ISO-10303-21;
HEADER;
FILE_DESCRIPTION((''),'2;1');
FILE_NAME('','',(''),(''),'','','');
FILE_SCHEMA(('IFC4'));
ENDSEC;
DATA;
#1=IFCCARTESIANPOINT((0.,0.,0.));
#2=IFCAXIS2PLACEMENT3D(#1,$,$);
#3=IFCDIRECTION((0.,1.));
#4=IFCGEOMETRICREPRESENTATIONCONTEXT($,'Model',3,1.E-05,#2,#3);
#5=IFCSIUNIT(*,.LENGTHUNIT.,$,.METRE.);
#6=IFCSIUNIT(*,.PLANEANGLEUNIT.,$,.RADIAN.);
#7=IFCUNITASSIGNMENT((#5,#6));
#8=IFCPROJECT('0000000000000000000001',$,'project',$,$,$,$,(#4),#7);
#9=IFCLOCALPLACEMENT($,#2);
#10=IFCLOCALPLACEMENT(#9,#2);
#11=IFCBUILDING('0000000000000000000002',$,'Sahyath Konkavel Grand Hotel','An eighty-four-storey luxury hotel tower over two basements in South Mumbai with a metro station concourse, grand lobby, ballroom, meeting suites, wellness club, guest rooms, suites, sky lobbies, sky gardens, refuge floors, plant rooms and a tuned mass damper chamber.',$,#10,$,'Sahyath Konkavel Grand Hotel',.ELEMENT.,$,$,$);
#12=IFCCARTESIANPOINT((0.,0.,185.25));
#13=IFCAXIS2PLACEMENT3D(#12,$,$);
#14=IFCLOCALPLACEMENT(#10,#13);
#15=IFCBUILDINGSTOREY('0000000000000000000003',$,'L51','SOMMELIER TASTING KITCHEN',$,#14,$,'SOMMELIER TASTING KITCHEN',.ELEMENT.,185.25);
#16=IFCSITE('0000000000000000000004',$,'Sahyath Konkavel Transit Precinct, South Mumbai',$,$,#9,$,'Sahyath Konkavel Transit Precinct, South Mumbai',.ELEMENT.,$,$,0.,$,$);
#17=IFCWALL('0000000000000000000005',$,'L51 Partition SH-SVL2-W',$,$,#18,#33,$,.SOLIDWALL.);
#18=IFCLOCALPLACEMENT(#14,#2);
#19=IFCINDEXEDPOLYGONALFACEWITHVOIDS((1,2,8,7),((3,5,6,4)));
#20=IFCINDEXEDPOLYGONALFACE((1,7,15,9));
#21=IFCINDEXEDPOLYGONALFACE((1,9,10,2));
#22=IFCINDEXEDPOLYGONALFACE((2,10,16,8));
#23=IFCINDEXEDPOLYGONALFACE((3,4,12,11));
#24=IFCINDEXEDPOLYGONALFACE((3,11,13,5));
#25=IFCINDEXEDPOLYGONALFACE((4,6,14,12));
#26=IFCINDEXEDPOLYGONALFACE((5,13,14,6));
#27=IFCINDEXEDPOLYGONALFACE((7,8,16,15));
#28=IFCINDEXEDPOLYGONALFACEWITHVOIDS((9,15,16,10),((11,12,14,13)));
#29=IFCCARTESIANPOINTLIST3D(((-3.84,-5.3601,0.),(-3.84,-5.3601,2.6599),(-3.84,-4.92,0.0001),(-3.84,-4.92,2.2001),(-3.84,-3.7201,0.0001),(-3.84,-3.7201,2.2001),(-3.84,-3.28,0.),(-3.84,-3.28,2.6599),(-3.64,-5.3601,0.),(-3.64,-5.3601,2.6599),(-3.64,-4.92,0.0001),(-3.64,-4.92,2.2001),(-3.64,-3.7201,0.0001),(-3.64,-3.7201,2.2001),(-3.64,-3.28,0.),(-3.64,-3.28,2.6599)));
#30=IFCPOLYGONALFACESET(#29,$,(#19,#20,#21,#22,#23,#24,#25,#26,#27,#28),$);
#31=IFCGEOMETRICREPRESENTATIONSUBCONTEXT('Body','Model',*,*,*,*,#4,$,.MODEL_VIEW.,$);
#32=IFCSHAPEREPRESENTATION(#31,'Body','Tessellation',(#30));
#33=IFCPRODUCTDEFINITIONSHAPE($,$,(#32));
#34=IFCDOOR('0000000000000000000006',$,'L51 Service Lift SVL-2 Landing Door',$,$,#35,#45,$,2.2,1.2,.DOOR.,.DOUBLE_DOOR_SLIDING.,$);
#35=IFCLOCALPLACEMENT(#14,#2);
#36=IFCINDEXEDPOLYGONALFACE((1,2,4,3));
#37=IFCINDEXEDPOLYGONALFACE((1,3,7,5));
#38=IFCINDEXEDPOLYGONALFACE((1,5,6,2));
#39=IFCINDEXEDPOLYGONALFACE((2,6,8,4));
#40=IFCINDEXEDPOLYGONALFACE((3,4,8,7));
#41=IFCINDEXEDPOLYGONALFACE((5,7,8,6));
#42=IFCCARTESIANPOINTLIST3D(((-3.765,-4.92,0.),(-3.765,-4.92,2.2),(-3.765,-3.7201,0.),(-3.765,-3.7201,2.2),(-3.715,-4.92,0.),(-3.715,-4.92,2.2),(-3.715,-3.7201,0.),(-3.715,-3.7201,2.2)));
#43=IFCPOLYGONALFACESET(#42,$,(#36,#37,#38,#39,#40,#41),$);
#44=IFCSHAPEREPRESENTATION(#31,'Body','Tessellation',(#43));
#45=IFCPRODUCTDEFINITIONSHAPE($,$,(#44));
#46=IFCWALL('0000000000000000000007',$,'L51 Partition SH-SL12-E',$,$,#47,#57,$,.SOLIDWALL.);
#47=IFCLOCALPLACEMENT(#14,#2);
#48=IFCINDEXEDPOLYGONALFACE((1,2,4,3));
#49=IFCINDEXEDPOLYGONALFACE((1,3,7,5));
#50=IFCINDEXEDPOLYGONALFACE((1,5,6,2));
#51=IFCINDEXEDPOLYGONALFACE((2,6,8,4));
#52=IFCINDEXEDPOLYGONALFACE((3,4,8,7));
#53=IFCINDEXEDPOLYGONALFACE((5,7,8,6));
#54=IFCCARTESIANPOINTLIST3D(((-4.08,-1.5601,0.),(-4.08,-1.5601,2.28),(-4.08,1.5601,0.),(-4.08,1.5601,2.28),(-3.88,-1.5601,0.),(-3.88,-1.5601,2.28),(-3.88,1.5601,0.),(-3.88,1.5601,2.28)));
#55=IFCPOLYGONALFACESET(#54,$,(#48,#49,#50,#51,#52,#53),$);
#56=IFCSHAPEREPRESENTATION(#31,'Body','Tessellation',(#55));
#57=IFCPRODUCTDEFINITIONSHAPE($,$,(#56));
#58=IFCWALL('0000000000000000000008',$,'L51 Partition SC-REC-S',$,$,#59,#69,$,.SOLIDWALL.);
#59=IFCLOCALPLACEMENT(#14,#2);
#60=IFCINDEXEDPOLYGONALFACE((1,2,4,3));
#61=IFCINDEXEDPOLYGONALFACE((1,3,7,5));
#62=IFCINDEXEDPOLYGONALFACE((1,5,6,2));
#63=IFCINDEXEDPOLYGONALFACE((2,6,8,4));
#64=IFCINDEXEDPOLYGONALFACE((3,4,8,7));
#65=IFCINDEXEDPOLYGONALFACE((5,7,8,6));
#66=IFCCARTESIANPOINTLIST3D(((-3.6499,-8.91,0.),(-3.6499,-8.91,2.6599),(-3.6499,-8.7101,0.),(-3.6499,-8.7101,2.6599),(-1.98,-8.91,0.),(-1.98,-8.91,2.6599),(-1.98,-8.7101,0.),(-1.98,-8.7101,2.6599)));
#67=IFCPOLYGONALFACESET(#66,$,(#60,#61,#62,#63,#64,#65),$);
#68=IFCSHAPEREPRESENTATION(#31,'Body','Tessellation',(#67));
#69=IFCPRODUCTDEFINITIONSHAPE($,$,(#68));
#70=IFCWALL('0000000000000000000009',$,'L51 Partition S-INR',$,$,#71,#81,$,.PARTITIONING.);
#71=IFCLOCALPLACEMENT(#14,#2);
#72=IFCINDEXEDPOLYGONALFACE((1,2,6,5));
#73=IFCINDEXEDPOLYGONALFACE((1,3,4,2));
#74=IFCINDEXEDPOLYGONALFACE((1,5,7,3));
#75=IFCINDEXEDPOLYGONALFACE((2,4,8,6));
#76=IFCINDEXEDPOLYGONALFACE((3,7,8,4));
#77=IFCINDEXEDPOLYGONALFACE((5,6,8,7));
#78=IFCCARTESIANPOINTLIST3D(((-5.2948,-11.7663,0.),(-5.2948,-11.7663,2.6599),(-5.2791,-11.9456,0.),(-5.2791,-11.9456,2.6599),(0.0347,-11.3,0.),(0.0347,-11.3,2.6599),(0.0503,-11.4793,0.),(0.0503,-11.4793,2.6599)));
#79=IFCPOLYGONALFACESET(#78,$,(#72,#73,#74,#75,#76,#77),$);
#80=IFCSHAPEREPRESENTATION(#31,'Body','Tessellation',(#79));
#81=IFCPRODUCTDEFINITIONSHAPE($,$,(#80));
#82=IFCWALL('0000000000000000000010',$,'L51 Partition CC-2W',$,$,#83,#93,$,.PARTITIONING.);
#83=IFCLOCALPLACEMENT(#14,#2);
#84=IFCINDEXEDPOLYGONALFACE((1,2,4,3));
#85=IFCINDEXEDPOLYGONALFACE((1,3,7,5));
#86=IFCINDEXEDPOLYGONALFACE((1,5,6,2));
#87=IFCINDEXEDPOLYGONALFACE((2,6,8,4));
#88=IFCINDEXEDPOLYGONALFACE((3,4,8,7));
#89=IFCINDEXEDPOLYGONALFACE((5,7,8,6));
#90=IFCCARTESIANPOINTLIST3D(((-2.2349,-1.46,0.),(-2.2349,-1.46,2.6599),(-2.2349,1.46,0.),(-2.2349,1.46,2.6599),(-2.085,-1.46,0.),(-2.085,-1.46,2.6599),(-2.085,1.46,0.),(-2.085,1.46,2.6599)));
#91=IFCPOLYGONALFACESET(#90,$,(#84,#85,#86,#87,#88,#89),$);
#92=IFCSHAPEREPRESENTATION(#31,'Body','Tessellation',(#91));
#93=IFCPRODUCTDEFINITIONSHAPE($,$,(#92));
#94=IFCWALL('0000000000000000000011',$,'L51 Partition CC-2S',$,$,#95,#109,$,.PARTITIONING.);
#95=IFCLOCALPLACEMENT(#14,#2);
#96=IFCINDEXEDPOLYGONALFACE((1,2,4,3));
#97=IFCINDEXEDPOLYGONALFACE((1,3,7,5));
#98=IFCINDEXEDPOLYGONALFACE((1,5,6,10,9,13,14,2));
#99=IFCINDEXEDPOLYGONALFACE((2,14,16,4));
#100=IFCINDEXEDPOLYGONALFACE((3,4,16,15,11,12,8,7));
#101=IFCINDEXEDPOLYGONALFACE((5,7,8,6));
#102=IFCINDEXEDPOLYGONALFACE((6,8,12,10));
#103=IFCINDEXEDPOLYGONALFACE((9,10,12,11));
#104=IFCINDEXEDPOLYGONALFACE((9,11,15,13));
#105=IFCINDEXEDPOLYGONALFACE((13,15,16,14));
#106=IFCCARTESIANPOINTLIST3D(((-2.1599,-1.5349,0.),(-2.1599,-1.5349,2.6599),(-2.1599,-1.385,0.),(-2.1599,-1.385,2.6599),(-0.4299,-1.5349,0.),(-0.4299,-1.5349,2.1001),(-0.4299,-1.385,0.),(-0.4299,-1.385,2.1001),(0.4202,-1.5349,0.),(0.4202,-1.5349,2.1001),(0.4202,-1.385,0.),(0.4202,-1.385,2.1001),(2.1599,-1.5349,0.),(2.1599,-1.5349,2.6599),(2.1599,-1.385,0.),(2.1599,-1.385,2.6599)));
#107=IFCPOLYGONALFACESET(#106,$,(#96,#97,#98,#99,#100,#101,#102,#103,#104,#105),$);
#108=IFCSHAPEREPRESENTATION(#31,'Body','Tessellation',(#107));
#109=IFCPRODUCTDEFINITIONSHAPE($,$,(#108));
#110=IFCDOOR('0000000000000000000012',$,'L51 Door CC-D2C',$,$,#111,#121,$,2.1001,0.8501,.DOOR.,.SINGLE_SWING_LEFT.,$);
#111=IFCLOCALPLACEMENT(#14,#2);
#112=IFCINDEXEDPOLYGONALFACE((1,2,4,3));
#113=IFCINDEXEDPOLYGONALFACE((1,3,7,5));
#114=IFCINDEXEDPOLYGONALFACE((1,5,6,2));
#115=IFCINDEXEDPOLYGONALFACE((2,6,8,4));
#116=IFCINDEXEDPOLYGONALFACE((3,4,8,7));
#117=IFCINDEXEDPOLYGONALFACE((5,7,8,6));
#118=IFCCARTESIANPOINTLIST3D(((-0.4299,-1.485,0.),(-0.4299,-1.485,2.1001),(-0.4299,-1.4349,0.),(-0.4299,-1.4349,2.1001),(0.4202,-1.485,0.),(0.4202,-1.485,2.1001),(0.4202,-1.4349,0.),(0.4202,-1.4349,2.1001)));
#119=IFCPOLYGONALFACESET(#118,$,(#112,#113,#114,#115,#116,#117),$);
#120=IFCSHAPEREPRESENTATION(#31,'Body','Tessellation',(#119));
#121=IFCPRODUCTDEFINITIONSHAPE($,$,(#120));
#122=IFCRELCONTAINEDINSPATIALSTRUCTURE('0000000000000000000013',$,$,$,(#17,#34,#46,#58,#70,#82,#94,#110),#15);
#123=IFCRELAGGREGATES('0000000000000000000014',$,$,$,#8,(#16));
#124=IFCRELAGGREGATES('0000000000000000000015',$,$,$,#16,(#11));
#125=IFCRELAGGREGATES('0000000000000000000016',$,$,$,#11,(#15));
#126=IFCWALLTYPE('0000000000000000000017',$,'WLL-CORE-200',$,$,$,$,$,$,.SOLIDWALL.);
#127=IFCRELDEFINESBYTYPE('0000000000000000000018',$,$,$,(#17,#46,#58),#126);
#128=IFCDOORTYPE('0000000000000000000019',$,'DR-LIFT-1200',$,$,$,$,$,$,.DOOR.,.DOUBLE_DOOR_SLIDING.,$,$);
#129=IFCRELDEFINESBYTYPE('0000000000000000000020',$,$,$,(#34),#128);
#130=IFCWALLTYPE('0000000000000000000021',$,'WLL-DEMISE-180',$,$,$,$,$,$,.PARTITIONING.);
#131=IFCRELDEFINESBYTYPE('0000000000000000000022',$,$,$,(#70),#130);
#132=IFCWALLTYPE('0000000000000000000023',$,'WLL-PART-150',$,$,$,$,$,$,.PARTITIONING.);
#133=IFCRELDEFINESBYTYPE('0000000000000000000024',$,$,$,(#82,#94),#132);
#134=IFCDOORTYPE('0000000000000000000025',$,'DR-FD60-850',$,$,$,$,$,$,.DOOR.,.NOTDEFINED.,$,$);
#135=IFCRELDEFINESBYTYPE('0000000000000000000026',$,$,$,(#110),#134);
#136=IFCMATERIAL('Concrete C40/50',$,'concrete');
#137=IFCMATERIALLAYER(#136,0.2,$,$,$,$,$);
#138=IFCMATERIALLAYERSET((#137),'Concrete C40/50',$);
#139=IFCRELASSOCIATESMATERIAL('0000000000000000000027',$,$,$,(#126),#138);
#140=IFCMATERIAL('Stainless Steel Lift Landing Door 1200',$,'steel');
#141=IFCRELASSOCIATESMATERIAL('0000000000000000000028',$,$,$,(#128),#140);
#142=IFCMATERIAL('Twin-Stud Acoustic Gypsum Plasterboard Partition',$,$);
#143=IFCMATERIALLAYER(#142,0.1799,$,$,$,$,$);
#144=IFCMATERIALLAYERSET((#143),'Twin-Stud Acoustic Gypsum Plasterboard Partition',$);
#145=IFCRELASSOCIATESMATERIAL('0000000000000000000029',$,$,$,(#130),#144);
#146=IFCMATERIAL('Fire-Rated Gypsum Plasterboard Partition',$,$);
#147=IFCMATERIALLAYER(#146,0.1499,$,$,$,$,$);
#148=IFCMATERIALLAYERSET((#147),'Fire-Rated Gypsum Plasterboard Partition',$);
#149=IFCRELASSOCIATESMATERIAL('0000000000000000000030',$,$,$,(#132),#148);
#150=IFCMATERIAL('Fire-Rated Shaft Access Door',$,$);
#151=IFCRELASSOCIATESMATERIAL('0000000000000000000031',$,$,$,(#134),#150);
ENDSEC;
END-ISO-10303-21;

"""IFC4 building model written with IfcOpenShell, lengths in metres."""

from ifc_helpers import new_model, si_unit, direction, frame, frame_2d, origin, origin_2d, place, context, subcontext, project, spatial, rectangle, extrude, source, transform, mapped, material, layer, layer_set, type_object, element, fill, save


model = new_model("IFC4")

# Units and contexts
model_context = context("Model", 3, precision=1e-05, world=origin(), true_north=direction((0.0, 1.0)))
body_context = subcontext(model_context, "Body", "Model", "MODEL_VIEW")
ifc_project = project(units=[si_unit("LENGTHUNIT", "METRE"), si_unit("PLANEANGLEUNIT", "RADIAN")], contexts=[model_context])

# Site, building, storey
site_placement = place(None, origin())
site = spatial("IfcSite", under=ifc_project, at=site_placement, Name="Sahyath Konkavel Transit Precinct, South Mumbai", LongName="Sahyath Konkavel Transit Precinct, South Mumbai", CompositionType="ELEMENT", RefElevation=0.0)
building_placement = place(site_placement, origin())
building = spatial("IfcBuilding", under=site, at=building_placement, Name="Sahyath Konkavel Grand Hotel", Description="An eighty-four-storey luxury hotel tower over two basements in South Mumbai with a metro station concourse, grand lobby, ballroom, meeting suites, wellness club, guest rooms, suites, sky lobbies, sky gardens, refuge floors, plant rooms and a tuned mass damper chamber.", LongName="Sahyath Konkavel Grand Hotel", CompositionType="ELEMENT")
storey_placement = place(building_placement, frame((0.0, 0.0, 185.25)))
storey = spatial("IfcBuildingStorey", under=building, at=storey_placement, Name="L51", Description="SOMMELIER TASTING KITCHEN", LongName="SOMMELIER TASTING KITCHEN", CompositionType="ELEMENT", Elevation=185.25)

# Shared definitions
ifc_material_1 = material(Name="Concrete C40/50", Category="concrete")
ifc_layer_1 = layer(ifc_material_1, 0.2)
ifc_layer_set_1 = layer_set([ifc_layer_1], Name="Concrete C40/50")
wall_type_1 = type_object("IfcWallType", Name="WLL-CORE-200", PredefinedType="SOLIDWALL", material=ifc_layer_set_1)
shared_shape_1 = source(origin(), body_context, "Body", "SweptSolid", [
    extrude(rectangle(XDim=0.8501, YDim=0.05, at=origin_2d()), origin(), (0.0, 0.0, 1.0), 2.1001),
])

# Wall, opening, door
wall_1_placement = place(storey_placement, frame((-3.74, -5.3601, 0.0), z_axis=(0.0, 0.0, 1.0), x_axis=(0.0, 1.0, 0.0)))
wall_1 = element("IfcWall", 1, at=wall_1_placement, inside=storey, type_object=wall_type_1, Name="L51 Partition SH-SVL2-W", PredefinedType="SOLIDWALL", context=body_context, shape_type="SweptSolid", body=[
    extrude(rectangle(XDim=2.0801, YDim=0.2, at=frame_2d((1.04, 0.0))), origin(), (0.0, 0.0, 1.0), 2.6599),
])
opening_1_placement = place(wall_1_placement, frame((0.4399, 0.0, 0.0)))
opening_1 = element("IfcOpeningElement", 2, at=opening_1_placement, cuts=wall_1, PredefinedType="OPENING", context=body_context, shape_type="SweptSolid", body=[
    extrude(rectangle(XDim=1.2, YDim=2.2, at=frame_2d((0.6001, 1.1001))), frame((0.0, 0.1099, 0.0), z_axis=(0.0, -1.0, 0.0), x_axis=(1.0, 0.0, 0.0)), (0.0, 0.0, 1.0), 0.22),
])
ifc_material_2 = material(Name="Stainless Steel Lift Landing Door 1200", Category="steel")
door_type_1 = type_object("IfcDoorType", Name="DR-LIFT-1200", OperationType="DOUBLE_DOOR_SLIDING", PredefinedType="DOOR", material=ifc_material_2)
shared_shape_2 = source(origin(), body_context, "Body", "SweptSolid", [
    extrude(rectangle(XDim=1.2, YDim=0.05, at=origin_2d()), origin(), (0.0, 0.0, 1.0), 2.2),
])
door_1_placement = place(opening_1_placement, frame((0.6001, 0.0, 0.0)))
door_1 = element("IfcDoor", 3, at=door_1_placement, inside=storey, type_object=door_type_1, Name="L51 Service Lift SVL-2 Landing Door", OperationType="DOUBLE_DOOR_SLIDING", OverallHeight=2.2, OverallWidth=1.2, PredefinedType="DOOR", context=body_context, shape_type="MappedRepresentation", body=[
    mapped(shared_shape_2, transform((0.0, 0.0, 0.0), scale=1.0)),
])
fill(opening_1, door_1)

# Wall
wall_2_placement = place(storey_placement, frame((-3.98, -1.5601, 0.0), z_axis=(0.0, 0.0, 1.0), x_axis=(0.0, 1.0, 0.0)))
element("IfcWall", 4, at=wall_2_placement, inside=storey, type_object=wall_type_1, Name="L51 Partition SH-SL12-E", PredefinedType="SOLIDWALL", context=body_context, shape_type="SweptSolid", body=[
    extrude(rectangle(XDim=3.1201, YDim=0.2, at=frame_2d((1.5601, 0.0))), origin(), (0.0, 0.0, 1.0), 2.28),
])

# Walls
wall_3_placement = place(storey_placement, frame((-3.6499, -8.8101, 0.0), z_axis=(0.0, 0.0, 1.0), x_axis=(1.0, 0.0, 0.0)))
element("IfcWall", 5, at=wall_3_placement, inside=storey, type_object=wall_type_1, Name="L51 Partition SC-REC-S", PredefinedType="SOLIDWALL", context=body_context, shape_type="SweptSolid", body=[
    extrude(rectangle(XDim=1.6699, YDim=0.2, at=frame_2d((0.835, 0.0))), origin(), (0.0, 0.0, 1.0), 2.6599),
])
ifc_material_3 = material(Name="Twin-Stud Acoustic Gypsum Plasterboard Partition")
ifc_layer_2 = layer(ifc_material_3, 0.1799)
ifc_layer_set_2 = layer_set([ifc_layer_2], Name="Twin-Stud Acoustic Gypsum Plasterboard Partition")
wall_type_2 = type_object("IfcWallType", Name="WLL-DEMISE-180", PredefinedType="PARTITIONING", material=ifc_layer_set_2)
wall_4_placement = place(storey_placement, frame((-5.2869, -11.856, 0.0), z_axis=(0.0, 0.0, 1.0), x_axis=(0.996194, 0.087161, 0.0)))
element("IfcWall", 6, at=wall_4_placement, inside=storey, type_object=wall_type_2, Name="L51 Partition S-INR", PredefinedType="PARTITIONING", context=body_context, shape_type="SweptSolid", body=[
    extrude(rectangle(XDim=5.3499, YDim=0.1799, at=frame_2d((2.6748, 0.0))), origin(), (0.0, 0.0, 1.0), 2.6599),
])
ifc_material_4 = material(Name="Fire-Rated Gypsum Plasterboard Partition")
ifc_layer_3 = layer(ifc_material_4, 0.1499)
ifc_layer_set_3 = layer_set([ifc_layer_3], Name="Fire-Rated Gypsum Plasterboard Partition")
wall_type_3 = type_object("IfcWallType", Name="WLL-PART-150", PredefinedType="PARTITIONING", material=ifc_layer_set_3)
wall_5_placement = place(storey_placement, frame((-2.1599, -1.46, 0.0), z_axis=(0.0, 0.0, 1.0), x_axis=(0.0, 1.0, 0.0)))
element("IfcWall", 7, at=wall_5_placement, inside=storey, type_object=wall_type_3, Name="L51 Partition CC-2W", PredefinedType="PARTITIONING", context=body_context, shape_type="SweptSolid", body=[
    extrude(rectangle(XDim=2.9199, YDim=0.1499, at=frame_2d((1.46, 0.0))), origin(), (0.0, 0.0, 1.0), 2.6599),
])

# Wall, opening, door
wall_6_placement = place(storey_placement, frame((-2.1599, -1.46, 0.0), z_axis=(0.0, 0.0, 1.0), x_axis=(1.0, 0.0, 0.0)))
wall_6 = element("IfcWall", 8, at=wall_6_placement, inside=storey, type_object=wall_type_3, Name="L51 Partition CC-2S", PredefinedType="PARTITIONING", context=body_context, shape_type="SweptSolid", body=[
    extrude(rectangle(XDim=4.3198, YDim=0.1499, at=frame_2d((2.1599, 0.0))), origin(), (0.0, 0.0, 1.0), 2.6599),
])
opening_2_placement = place(wall_6_placement, frame((1.73, 0.0, 0.0)))
opening_2 = element("IfcOpeningElement", 9, at=opening_2_placement, cuts=wall_6, PredefinedType="OPENING", context=body_context, shape_type="SweptSolid", body=[
    extrude(rectangle(XDim=0.8501, YDim=2.1001, at=frame_2d((0.425, 1.05))), frame((0.0, 0.085, 0.0), z_axis=(0.0, -1.0, 0.0), x_axis=(1.0, 0.0, 0.0)), (0.0, 0.0, 1.0), 0.1699),
])
ifc_material_5 = material(Name="Fire-Rated Shaft Access Door")
door_type_2 = type_object("IfcDoorType", Name="DR-FD60-850", OperationType="NOTDEFINED", PredefinedType="DOOR", material=ifc_material_5)
door_2_placement = place(opening_2_placement, frame((0.425, 0.0, 0.0)))
door_2 = element("IfcDoor", 10, at=door_2_placement, inside=storey, type_object=door_type_2, Name="L51 Door CC-D2C", OperationType="SINGLE_SWING_LEFT", OverallHeight=2.1001, OverallWidth=0.8501, PredefinedType="DOOR", context=body_context, shape_type="MappedRepresentation", body=[
    mapped(shared_shape_1, transform((0.0, 0.0, 0.0), scale=1.0)),
])
fill(opening_2, door_2)

save(model, "model.ifc")
